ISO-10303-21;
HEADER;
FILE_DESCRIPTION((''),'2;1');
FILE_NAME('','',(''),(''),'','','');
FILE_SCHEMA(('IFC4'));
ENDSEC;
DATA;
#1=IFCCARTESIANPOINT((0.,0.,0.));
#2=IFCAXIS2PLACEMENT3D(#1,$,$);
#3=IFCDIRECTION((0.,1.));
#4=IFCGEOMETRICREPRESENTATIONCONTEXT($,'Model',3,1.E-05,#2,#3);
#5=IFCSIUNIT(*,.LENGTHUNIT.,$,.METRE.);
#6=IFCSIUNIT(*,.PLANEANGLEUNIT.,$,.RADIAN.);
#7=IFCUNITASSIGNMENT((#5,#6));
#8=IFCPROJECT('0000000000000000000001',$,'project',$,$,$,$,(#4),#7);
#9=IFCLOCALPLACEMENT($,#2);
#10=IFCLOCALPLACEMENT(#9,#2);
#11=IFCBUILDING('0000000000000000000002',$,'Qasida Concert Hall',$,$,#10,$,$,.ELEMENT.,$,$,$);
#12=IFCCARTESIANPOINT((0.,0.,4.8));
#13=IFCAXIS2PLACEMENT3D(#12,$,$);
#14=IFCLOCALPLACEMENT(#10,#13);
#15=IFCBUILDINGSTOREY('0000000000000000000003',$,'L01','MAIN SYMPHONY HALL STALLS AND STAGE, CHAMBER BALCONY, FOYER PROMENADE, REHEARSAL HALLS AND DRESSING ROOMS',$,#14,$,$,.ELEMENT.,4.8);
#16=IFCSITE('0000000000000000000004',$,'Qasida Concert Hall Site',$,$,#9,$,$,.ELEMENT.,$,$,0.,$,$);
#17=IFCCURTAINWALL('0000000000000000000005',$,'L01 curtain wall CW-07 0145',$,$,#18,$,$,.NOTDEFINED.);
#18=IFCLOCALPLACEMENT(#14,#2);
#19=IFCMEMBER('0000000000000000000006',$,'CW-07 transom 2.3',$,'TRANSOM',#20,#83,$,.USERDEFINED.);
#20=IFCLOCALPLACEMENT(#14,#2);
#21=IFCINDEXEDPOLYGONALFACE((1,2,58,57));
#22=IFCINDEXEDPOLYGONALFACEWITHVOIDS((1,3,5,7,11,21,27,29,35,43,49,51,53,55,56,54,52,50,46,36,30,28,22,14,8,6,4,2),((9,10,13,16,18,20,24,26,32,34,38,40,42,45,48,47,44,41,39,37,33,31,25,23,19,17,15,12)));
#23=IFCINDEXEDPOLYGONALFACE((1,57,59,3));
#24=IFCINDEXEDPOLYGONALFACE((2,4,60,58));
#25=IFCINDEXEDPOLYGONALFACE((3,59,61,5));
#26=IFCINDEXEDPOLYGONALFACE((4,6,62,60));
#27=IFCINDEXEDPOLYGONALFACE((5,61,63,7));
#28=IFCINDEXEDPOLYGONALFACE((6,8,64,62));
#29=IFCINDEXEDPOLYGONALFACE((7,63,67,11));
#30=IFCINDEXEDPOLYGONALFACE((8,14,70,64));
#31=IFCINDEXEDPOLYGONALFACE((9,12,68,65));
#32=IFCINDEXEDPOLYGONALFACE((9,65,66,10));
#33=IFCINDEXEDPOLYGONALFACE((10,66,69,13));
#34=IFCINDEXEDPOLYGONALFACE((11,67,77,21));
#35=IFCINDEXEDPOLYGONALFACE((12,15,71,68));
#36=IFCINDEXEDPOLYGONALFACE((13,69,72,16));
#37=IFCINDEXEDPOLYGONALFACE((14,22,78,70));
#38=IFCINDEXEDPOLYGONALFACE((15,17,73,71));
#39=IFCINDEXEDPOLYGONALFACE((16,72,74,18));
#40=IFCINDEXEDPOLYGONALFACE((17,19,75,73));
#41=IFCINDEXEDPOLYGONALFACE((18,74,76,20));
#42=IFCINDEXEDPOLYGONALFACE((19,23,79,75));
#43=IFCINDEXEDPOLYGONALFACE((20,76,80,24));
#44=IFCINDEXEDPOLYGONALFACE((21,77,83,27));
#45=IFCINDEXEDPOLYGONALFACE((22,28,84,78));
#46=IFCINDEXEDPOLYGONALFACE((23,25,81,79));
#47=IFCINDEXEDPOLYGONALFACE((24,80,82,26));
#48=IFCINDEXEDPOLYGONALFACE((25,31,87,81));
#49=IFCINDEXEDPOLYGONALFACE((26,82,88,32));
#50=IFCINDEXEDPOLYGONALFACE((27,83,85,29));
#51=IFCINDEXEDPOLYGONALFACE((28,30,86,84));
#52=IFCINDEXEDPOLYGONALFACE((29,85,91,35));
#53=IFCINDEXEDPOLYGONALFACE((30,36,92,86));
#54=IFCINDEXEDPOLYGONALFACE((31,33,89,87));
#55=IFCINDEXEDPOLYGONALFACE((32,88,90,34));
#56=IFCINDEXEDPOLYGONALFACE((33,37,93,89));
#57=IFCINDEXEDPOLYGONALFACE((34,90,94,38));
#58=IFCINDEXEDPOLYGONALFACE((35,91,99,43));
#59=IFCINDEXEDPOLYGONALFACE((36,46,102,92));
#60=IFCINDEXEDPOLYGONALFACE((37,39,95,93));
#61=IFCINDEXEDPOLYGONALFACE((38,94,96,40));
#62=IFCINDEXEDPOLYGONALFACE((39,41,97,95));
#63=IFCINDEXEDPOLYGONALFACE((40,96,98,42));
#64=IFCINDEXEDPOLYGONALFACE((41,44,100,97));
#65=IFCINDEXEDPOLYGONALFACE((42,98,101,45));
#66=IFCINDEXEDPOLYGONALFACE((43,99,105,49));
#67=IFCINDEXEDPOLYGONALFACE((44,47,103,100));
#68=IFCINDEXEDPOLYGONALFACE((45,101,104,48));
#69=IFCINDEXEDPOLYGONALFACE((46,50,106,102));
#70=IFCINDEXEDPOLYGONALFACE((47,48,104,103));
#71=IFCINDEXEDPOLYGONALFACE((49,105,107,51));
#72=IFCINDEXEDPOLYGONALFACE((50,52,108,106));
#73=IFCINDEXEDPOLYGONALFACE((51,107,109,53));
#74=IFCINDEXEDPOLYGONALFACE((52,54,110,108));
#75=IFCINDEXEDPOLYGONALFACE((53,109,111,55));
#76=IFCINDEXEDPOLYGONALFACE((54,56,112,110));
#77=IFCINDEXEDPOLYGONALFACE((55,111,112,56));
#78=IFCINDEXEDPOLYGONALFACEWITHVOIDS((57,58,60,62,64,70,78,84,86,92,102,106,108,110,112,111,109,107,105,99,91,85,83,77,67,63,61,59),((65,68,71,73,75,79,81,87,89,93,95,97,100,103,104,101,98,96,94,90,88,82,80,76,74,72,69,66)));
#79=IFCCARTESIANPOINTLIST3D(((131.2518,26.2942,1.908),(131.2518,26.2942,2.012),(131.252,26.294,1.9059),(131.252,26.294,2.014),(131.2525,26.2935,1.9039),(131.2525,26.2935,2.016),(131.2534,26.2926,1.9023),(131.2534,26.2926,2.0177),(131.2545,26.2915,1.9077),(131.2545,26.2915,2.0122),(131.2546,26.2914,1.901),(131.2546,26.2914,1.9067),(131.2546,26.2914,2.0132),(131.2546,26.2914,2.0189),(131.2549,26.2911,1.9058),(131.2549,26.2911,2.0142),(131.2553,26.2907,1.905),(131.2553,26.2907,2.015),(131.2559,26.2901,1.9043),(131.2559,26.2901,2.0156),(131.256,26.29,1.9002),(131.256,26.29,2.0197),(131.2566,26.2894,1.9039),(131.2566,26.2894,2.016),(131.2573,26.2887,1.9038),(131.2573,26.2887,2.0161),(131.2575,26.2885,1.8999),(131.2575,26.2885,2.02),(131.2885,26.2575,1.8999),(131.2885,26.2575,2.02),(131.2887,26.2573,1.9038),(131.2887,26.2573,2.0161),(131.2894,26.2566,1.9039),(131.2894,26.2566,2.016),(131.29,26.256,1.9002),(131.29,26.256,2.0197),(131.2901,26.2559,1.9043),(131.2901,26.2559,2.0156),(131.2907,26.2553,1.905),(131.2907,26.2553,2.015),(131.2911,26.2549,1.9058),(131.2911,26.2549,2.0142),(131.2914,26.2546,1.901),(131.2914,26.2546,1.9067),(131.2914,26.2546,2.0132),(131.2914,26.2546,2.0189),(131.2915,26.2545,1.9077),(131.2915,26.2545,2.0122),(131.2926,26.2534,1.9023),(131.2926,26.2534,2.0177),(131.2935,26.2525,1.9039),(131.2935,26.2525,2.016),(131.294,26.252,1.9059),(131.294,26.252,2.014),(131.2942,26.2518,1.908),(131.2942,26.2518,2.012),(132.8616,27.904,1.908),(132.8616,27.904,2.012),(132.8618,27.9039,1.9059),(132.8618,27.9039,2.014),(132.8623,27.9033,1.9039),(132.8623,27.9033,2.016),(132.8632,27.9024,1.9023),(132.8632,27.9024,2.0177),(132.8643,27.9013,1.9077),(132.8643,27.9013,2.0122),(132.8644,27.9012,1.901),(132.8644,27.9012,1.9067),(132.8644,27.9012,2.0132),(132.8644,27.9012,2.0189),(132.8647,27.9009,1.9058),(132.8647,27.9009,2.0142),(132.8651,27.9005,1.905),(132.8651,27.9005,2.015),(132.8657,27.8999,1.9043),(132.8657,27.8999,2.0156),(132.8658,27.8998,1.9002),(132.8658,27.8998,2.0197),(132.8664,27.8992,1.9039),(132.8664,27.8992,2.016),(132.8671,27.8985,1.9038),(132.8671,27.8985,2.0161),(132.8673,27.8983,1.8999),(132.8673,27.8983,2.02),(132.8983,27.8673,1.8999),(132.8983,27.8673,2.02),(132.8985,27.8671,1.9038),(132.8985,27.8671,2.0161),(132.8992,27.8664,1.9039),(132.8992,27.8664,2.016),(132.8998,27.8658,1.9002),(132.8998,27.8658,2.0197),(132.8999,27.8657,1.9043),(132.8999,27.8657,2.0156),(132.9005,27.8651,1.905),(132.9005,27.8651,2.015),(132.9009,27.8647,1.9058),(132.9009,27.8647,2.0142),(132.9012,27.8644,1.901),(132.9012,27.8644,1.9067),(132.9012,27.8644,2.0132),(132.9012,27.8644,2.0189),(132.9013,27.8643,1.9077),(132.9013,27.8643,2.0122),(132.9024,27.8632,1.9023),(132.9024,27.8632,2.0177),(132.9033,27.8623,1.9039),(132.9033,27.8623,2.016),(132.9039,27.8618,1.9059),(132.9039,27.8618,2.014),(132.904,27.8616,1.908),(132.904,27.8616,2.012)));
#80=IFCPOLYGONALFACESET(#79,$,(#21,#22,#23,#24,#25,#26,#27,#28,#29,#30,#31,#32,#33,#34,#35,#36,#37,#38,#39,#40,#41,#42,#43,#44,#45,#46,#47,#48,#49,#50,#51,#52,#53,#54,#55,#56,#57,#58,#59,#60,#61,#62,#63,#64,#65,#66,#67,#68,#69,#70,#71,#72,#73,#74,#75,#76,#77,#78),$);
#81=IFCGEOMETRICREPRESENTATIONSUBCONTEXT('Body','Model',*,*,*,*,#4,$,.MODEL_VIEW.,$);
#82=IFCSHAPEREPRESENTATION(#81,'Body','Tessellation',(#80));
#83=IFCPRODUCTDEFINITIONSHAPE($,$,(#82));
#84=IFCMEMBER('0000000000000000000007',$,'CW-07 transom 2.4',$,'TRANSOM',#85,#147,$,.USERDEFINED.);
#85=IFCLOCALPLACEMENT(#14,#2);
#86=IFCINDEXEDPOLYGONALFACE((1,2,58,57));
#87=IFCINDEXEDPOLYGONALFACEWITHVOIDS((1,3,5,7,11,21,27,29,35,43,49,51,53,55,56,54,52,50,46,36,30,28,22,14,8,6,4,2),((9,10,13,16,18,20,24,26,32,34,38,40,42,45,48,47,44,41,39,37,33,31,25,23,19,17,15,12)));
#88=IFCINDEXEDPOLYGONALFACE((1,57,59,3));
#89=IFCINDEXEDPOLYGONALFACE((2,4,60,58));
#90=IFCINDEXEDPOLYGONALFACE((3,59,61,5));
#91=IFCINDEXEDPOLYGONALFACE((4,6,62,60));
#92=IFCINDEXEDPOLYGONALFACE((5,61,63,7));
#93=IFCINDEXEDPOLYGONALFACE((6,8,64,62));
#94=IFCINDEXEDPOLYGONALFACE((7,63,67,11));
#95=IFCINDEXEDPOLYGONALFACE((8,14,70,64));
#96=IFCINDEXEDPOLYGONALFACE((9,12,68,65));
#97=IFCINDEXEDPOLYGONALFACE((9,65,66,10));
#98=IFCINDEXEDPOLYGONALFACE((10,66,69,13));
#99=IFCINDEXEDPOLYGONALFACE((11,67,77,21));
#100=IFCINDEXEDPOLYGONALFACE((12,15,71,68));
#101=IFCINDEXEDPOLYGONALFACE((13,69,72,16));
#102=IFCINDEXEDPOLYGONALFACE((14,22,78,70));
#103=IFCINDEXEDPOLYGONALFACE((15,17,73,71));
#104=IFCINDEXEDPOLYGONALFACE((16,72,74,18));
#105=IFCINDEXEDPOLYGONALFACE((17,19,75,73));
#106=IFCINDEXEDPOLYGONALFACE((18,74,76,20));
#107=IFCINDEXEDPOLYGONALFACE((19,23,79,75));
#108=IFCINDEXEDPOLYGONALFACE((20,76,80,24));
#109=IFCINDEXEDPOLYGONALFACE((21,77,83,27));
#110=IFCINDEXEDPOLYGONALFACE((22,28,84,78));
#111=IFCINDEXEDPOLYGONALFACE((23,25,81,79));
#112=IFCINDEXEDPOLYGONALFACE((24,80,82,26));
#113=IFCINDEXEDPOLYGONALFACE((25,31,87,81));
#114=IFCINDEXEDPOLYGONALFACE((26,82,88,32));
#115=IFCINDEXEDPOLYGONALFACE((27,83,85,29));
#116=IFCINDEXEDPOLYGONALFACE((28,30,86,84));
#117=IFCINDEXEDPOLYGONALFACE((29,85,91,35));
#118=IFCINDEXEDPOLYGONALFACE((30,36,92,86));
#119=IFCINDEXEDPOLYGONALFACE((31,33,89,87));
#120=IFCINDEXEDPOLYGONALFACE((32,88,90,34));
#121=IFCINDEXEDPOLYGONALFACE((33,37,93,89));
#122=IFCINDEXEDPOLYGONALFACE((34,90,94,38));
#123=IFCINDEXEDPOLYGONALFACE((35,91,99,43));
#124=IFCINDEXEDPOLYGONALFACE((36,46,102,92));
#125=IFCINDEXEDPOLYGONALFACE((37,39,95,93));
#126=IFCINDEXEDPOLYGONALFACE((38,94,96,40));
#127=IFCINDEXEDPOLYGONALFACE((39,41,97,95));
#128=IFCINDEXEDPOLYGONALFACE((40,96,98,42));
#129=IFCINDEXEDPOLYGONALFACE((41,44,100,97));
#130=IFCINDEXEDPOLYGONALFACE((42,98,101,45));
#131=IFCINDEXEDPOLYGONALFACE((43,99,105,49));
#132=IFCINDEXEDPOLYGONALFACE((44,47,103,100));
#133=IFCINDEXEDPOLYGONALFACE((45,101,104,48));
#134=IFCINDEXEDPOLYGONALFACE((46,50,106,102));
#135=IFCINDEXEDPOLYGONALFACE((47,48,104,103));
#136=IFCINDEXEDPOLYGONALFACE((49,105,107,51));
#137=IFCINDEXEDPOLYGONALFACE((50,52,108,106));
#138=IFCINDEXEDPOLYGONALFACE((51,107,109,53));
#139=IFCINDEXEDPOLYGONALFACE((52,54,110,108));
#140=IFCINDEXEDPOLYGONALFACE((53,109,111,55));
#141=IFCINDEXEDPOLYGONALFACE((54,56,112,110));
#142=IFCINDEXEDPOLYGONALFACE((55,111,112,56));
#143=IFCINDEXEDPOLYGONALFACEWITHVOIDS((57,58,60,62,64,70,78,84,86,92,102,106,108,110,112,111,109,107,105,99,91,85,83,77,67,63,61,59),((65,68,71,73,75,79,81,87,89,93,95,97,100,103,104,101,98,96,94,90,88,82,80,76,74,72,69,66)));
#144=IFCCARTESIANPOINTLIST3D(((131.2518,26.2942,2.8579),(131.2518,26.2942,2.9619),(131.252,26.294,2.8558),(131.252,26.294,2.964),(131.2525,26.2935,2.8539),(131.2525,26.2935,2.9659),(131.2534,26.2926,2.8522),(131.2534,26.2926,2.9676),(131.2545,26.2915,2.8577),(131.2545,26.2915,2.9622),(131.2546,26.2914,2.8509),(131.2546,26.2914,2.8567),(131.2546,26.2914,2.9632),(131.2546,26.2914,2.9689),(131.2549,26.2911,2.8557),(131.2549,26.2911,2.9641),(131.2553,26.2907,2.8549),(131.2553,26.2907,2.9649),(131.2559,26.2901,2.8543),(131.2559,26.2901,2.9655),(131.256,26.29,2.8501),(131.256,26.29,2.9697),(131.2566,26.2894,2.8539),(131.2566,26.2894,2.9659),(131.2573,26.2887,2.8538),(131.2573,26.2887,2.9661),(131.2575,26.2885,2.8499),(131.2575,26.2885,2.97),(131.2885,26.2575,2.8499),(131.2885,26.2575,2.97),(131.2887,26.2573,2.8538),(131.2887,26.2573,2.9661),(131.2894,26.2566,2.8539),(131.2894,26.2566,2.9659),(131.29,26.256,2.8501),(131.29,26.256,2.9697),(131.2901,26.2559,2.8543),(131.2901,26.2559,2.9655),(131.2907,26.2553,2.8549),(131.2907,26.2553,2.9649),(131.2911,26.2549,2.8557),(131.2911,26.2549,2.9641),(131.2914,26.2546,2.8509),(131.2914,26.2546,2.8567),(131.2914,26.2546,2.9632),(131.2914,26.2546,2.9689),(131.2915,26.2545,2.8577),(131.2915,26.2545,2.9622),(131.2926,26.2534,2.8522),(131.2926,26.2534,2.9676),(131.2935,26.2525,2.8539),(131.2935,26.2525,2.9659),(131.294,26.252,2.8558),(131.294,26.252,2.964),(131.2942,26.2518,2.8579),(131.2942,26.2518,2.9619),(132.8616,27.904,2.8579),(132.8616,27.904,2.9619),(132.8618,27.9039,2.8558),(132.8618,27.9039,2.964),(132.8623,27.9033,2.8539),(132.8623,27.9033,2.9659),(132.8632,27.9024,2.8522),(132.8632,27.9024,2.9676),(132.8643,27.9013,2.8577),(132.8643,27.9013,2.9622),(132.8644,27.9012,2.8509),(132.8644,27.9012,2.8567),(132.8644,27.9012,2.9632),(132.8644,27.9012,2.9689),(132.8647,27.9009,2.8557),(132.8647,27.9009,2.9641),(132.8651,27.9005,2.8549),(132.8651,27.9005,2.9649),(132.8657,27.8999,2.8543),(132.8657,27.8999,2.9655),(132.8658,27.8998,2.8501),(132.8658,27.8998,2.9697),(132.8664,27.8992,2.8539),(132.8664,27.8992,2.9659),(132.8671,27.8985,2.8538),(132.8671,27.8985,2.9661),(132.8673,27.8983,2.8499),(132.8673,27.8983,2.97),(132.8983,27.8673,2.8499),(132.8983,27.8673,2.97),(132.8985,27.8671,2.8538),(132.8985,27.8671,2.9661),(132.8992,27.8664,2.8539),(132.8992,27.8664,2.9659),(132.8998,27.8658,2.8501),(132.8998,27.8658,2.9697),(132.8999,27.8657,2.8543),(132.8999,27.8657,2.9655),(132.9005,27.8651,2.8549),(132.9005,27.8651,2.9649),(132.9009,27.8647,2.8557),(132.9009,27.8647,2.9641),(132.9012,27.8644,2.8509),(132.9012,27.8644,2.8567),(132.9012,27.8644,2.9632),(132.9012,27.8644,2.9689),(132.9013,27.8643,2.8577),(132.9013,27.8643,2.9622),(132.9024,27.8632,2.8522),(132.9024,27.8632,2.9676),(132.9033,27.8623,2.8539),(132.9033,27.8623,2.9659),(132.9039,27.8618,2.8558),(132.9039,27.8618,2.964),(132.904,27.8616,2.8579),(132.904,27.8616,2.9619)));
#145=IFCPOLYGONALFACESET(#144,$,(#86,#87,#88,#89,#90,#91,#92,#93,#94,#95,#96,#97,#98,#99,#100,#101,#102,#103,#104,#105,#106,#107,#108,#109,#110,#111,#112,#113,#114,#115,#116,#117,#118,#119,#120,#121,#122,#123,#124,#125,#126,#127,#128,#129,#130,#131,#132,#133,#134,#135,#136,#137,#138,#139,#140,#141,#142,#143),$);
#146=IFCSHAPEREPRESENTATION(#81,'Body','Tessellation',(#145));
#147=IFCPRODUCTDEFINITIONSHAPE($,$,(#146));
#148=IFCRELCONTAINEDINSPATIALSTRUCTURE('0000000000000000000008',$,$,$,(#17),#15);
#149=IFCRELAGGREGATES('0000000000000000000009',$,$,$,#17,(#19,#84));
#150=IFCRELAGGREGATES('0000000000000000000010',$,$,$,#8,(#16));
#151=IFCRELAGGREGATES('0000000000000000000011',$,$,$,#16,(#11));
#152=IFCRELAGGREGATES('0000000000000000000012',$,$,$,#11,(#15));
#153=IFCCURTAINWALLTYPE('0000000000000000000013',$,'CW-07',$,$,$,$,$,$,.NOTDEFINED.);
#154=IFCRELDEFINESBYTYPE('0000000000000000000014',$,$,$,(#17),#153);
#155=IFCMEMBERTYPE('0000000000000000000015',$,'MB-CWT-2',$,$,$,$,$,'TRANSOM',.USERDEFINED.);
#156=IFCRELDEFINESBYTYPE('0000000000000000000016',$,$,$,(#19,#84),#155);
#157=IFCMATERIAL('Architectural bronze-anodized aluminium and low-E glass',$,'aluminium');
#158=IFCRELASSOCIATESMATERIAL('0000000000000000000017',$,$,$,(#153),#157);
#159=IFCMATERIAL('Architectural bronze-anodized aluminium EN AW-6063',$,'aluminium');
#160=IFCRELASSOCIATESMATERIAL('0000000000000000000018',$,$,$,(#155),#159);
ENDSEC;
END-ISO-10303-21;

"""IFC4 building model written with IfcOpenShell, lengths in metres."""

from ifc_helpers import new_model, si_unit, direction, frame, origin, origin_2d, place, context, subcontext, project, spatial, hollow_rectangle, extrude, material, material_profile, profile_set, type_object, element, aggregate, save


model = new_model("IFC4")

# Units and contexts
model_context = context("Model", 3, precision=1e-05, world=origin(), true_north=direction((0.0, 1.0)))
body_context = subcontext(model_context, "Body", "Model", "MODEL_VIEW")
ifc_project = project(units=[si_unit("LENGTHUNIT", "METRE"), si_unit("PLANEANGLEUNIT", "RADIAN")], contexts=[model_context])

# Site, building, storey
site_placement = place(None, origin())
site = spatial("IfcSite", under=ifc_project, at=site_placement, Name="Qasida Concert Hall Site", CompositionType="ELEMENT", RefElevation=0.0)
building_placement = place(site_placement, origin())
building = spatial("IfcBuilding", under=site, at=building_placement, Name="Qasida Concert Hall", CompositionType="ELEMENT")
storey_placement = place(building_placement, frame((0.0, 0.0, 4.8)))
storey = spatial("IfcBuildingStorey", under=building, at=storey_placement, Name="L01", Description="MAIN SYMPHONY HALL STALLS AND STAGE, CHAMBER BALCONY, FOYER PROMENADE, REHEARSAL HALLS AND DRESSING ROOMS", CompositionType="ELEMENT", Elevation=4.8)

# Curtain wall, members
ifc_material_1 = material(Name="Architectural bronze-anodized aluminium and low-E glass", Category="aluminium")
curtain_wall_type = type_object("IfcCurtainWallType", Name="CW-07", PredefinedType="NOTDEFINED", material=ifc_material_1)
curtain_wall_placement = place(storey_placement, origin())
curtain_wall = element("IfcCurtainWall", 1, at=curtain_wall_placement, inside=storey, type_object=curtain_wall_type, Name="L01 curtain wall CW-07 0145", PredefinedType="NOTDEFINED")
ifc_material_2 = material(Name="Architectural bronze-anodized aluminium EN AW-6063", Category="aluminium")
ifc_material_profile_1 = material_profile(ifc_material_2, hollow_rectangle(XDim=0.0601, YDim=0.1201, WallThickness=0.0039, InnerFilletRadius=0.0039, OuterFilletRadius=0.0081, at=origin_2d()), Name="CWT 120x60x4")
ifc_profile_set_1 = profile_set([ifc_material_profile_1], Name="Architectural bronze-anodized aluminium EN AW-6063")
member_type_1 = type_object("IfcMemberType", Name="MB-CWT-2", ElementType="TRANSOM", PredefinedType="USERDEFINED", material=ifc_profile_set_1)
member_1_placement = place(storey_placement, frame((132.8828, 27.8828, 1.96), z_axis=(-0.707107, -0.707107, 0.0), x_axis=(0.707107, -0.707107, 0.0)))
member_1 = element("IfcMember", 2, at=member_1_placement, type_object=member_type_1, Name="CW-07 transom 2.3", ObjectType="TRANSOM", PredefinedType="USERDEFINED", context=body_context, shape_type="SweptSolid", body=[
    extrude(hollow_rectangle(XDim=0.0601, YDim=0.1201, WallThickness=0.0039, InnerFilletRadius=0.0039, OuterFilletRadius=0.0081, at=origin_2d()), origin(), (0.0, 0.0, 1.0), 2.2766),
])
member_2_placement = place(storey_placement, frame((132.8828, 27.8828, 2.9099), z_axis=(-0.707107, -0.707107, 0.0), x_axis=(0.707107, -0.707107, 0.0)))
member_2 = element("IfcMember", 3, at=member_2_placement, type_object=member_type_1, Name="CW-07 transom 2.4", ObjectType="TRANSOM", PredefinedType="USERDEFINED", context=body_context, shape_type="SweptSolid", body=[
    extrude(hollow_rectangle(XDim=0.0601, YDim=0.1201, WallThickness=0.0039, InnerFilletRadius=0.0039, OuterFilletRadius=0.0081, at=origin_2d()), origin(), (0.0, 0.0, 1.0), 2.2766),
])
aggregate(curtain_wall, [member_1, member_2])

save(model, "model.ifc")
